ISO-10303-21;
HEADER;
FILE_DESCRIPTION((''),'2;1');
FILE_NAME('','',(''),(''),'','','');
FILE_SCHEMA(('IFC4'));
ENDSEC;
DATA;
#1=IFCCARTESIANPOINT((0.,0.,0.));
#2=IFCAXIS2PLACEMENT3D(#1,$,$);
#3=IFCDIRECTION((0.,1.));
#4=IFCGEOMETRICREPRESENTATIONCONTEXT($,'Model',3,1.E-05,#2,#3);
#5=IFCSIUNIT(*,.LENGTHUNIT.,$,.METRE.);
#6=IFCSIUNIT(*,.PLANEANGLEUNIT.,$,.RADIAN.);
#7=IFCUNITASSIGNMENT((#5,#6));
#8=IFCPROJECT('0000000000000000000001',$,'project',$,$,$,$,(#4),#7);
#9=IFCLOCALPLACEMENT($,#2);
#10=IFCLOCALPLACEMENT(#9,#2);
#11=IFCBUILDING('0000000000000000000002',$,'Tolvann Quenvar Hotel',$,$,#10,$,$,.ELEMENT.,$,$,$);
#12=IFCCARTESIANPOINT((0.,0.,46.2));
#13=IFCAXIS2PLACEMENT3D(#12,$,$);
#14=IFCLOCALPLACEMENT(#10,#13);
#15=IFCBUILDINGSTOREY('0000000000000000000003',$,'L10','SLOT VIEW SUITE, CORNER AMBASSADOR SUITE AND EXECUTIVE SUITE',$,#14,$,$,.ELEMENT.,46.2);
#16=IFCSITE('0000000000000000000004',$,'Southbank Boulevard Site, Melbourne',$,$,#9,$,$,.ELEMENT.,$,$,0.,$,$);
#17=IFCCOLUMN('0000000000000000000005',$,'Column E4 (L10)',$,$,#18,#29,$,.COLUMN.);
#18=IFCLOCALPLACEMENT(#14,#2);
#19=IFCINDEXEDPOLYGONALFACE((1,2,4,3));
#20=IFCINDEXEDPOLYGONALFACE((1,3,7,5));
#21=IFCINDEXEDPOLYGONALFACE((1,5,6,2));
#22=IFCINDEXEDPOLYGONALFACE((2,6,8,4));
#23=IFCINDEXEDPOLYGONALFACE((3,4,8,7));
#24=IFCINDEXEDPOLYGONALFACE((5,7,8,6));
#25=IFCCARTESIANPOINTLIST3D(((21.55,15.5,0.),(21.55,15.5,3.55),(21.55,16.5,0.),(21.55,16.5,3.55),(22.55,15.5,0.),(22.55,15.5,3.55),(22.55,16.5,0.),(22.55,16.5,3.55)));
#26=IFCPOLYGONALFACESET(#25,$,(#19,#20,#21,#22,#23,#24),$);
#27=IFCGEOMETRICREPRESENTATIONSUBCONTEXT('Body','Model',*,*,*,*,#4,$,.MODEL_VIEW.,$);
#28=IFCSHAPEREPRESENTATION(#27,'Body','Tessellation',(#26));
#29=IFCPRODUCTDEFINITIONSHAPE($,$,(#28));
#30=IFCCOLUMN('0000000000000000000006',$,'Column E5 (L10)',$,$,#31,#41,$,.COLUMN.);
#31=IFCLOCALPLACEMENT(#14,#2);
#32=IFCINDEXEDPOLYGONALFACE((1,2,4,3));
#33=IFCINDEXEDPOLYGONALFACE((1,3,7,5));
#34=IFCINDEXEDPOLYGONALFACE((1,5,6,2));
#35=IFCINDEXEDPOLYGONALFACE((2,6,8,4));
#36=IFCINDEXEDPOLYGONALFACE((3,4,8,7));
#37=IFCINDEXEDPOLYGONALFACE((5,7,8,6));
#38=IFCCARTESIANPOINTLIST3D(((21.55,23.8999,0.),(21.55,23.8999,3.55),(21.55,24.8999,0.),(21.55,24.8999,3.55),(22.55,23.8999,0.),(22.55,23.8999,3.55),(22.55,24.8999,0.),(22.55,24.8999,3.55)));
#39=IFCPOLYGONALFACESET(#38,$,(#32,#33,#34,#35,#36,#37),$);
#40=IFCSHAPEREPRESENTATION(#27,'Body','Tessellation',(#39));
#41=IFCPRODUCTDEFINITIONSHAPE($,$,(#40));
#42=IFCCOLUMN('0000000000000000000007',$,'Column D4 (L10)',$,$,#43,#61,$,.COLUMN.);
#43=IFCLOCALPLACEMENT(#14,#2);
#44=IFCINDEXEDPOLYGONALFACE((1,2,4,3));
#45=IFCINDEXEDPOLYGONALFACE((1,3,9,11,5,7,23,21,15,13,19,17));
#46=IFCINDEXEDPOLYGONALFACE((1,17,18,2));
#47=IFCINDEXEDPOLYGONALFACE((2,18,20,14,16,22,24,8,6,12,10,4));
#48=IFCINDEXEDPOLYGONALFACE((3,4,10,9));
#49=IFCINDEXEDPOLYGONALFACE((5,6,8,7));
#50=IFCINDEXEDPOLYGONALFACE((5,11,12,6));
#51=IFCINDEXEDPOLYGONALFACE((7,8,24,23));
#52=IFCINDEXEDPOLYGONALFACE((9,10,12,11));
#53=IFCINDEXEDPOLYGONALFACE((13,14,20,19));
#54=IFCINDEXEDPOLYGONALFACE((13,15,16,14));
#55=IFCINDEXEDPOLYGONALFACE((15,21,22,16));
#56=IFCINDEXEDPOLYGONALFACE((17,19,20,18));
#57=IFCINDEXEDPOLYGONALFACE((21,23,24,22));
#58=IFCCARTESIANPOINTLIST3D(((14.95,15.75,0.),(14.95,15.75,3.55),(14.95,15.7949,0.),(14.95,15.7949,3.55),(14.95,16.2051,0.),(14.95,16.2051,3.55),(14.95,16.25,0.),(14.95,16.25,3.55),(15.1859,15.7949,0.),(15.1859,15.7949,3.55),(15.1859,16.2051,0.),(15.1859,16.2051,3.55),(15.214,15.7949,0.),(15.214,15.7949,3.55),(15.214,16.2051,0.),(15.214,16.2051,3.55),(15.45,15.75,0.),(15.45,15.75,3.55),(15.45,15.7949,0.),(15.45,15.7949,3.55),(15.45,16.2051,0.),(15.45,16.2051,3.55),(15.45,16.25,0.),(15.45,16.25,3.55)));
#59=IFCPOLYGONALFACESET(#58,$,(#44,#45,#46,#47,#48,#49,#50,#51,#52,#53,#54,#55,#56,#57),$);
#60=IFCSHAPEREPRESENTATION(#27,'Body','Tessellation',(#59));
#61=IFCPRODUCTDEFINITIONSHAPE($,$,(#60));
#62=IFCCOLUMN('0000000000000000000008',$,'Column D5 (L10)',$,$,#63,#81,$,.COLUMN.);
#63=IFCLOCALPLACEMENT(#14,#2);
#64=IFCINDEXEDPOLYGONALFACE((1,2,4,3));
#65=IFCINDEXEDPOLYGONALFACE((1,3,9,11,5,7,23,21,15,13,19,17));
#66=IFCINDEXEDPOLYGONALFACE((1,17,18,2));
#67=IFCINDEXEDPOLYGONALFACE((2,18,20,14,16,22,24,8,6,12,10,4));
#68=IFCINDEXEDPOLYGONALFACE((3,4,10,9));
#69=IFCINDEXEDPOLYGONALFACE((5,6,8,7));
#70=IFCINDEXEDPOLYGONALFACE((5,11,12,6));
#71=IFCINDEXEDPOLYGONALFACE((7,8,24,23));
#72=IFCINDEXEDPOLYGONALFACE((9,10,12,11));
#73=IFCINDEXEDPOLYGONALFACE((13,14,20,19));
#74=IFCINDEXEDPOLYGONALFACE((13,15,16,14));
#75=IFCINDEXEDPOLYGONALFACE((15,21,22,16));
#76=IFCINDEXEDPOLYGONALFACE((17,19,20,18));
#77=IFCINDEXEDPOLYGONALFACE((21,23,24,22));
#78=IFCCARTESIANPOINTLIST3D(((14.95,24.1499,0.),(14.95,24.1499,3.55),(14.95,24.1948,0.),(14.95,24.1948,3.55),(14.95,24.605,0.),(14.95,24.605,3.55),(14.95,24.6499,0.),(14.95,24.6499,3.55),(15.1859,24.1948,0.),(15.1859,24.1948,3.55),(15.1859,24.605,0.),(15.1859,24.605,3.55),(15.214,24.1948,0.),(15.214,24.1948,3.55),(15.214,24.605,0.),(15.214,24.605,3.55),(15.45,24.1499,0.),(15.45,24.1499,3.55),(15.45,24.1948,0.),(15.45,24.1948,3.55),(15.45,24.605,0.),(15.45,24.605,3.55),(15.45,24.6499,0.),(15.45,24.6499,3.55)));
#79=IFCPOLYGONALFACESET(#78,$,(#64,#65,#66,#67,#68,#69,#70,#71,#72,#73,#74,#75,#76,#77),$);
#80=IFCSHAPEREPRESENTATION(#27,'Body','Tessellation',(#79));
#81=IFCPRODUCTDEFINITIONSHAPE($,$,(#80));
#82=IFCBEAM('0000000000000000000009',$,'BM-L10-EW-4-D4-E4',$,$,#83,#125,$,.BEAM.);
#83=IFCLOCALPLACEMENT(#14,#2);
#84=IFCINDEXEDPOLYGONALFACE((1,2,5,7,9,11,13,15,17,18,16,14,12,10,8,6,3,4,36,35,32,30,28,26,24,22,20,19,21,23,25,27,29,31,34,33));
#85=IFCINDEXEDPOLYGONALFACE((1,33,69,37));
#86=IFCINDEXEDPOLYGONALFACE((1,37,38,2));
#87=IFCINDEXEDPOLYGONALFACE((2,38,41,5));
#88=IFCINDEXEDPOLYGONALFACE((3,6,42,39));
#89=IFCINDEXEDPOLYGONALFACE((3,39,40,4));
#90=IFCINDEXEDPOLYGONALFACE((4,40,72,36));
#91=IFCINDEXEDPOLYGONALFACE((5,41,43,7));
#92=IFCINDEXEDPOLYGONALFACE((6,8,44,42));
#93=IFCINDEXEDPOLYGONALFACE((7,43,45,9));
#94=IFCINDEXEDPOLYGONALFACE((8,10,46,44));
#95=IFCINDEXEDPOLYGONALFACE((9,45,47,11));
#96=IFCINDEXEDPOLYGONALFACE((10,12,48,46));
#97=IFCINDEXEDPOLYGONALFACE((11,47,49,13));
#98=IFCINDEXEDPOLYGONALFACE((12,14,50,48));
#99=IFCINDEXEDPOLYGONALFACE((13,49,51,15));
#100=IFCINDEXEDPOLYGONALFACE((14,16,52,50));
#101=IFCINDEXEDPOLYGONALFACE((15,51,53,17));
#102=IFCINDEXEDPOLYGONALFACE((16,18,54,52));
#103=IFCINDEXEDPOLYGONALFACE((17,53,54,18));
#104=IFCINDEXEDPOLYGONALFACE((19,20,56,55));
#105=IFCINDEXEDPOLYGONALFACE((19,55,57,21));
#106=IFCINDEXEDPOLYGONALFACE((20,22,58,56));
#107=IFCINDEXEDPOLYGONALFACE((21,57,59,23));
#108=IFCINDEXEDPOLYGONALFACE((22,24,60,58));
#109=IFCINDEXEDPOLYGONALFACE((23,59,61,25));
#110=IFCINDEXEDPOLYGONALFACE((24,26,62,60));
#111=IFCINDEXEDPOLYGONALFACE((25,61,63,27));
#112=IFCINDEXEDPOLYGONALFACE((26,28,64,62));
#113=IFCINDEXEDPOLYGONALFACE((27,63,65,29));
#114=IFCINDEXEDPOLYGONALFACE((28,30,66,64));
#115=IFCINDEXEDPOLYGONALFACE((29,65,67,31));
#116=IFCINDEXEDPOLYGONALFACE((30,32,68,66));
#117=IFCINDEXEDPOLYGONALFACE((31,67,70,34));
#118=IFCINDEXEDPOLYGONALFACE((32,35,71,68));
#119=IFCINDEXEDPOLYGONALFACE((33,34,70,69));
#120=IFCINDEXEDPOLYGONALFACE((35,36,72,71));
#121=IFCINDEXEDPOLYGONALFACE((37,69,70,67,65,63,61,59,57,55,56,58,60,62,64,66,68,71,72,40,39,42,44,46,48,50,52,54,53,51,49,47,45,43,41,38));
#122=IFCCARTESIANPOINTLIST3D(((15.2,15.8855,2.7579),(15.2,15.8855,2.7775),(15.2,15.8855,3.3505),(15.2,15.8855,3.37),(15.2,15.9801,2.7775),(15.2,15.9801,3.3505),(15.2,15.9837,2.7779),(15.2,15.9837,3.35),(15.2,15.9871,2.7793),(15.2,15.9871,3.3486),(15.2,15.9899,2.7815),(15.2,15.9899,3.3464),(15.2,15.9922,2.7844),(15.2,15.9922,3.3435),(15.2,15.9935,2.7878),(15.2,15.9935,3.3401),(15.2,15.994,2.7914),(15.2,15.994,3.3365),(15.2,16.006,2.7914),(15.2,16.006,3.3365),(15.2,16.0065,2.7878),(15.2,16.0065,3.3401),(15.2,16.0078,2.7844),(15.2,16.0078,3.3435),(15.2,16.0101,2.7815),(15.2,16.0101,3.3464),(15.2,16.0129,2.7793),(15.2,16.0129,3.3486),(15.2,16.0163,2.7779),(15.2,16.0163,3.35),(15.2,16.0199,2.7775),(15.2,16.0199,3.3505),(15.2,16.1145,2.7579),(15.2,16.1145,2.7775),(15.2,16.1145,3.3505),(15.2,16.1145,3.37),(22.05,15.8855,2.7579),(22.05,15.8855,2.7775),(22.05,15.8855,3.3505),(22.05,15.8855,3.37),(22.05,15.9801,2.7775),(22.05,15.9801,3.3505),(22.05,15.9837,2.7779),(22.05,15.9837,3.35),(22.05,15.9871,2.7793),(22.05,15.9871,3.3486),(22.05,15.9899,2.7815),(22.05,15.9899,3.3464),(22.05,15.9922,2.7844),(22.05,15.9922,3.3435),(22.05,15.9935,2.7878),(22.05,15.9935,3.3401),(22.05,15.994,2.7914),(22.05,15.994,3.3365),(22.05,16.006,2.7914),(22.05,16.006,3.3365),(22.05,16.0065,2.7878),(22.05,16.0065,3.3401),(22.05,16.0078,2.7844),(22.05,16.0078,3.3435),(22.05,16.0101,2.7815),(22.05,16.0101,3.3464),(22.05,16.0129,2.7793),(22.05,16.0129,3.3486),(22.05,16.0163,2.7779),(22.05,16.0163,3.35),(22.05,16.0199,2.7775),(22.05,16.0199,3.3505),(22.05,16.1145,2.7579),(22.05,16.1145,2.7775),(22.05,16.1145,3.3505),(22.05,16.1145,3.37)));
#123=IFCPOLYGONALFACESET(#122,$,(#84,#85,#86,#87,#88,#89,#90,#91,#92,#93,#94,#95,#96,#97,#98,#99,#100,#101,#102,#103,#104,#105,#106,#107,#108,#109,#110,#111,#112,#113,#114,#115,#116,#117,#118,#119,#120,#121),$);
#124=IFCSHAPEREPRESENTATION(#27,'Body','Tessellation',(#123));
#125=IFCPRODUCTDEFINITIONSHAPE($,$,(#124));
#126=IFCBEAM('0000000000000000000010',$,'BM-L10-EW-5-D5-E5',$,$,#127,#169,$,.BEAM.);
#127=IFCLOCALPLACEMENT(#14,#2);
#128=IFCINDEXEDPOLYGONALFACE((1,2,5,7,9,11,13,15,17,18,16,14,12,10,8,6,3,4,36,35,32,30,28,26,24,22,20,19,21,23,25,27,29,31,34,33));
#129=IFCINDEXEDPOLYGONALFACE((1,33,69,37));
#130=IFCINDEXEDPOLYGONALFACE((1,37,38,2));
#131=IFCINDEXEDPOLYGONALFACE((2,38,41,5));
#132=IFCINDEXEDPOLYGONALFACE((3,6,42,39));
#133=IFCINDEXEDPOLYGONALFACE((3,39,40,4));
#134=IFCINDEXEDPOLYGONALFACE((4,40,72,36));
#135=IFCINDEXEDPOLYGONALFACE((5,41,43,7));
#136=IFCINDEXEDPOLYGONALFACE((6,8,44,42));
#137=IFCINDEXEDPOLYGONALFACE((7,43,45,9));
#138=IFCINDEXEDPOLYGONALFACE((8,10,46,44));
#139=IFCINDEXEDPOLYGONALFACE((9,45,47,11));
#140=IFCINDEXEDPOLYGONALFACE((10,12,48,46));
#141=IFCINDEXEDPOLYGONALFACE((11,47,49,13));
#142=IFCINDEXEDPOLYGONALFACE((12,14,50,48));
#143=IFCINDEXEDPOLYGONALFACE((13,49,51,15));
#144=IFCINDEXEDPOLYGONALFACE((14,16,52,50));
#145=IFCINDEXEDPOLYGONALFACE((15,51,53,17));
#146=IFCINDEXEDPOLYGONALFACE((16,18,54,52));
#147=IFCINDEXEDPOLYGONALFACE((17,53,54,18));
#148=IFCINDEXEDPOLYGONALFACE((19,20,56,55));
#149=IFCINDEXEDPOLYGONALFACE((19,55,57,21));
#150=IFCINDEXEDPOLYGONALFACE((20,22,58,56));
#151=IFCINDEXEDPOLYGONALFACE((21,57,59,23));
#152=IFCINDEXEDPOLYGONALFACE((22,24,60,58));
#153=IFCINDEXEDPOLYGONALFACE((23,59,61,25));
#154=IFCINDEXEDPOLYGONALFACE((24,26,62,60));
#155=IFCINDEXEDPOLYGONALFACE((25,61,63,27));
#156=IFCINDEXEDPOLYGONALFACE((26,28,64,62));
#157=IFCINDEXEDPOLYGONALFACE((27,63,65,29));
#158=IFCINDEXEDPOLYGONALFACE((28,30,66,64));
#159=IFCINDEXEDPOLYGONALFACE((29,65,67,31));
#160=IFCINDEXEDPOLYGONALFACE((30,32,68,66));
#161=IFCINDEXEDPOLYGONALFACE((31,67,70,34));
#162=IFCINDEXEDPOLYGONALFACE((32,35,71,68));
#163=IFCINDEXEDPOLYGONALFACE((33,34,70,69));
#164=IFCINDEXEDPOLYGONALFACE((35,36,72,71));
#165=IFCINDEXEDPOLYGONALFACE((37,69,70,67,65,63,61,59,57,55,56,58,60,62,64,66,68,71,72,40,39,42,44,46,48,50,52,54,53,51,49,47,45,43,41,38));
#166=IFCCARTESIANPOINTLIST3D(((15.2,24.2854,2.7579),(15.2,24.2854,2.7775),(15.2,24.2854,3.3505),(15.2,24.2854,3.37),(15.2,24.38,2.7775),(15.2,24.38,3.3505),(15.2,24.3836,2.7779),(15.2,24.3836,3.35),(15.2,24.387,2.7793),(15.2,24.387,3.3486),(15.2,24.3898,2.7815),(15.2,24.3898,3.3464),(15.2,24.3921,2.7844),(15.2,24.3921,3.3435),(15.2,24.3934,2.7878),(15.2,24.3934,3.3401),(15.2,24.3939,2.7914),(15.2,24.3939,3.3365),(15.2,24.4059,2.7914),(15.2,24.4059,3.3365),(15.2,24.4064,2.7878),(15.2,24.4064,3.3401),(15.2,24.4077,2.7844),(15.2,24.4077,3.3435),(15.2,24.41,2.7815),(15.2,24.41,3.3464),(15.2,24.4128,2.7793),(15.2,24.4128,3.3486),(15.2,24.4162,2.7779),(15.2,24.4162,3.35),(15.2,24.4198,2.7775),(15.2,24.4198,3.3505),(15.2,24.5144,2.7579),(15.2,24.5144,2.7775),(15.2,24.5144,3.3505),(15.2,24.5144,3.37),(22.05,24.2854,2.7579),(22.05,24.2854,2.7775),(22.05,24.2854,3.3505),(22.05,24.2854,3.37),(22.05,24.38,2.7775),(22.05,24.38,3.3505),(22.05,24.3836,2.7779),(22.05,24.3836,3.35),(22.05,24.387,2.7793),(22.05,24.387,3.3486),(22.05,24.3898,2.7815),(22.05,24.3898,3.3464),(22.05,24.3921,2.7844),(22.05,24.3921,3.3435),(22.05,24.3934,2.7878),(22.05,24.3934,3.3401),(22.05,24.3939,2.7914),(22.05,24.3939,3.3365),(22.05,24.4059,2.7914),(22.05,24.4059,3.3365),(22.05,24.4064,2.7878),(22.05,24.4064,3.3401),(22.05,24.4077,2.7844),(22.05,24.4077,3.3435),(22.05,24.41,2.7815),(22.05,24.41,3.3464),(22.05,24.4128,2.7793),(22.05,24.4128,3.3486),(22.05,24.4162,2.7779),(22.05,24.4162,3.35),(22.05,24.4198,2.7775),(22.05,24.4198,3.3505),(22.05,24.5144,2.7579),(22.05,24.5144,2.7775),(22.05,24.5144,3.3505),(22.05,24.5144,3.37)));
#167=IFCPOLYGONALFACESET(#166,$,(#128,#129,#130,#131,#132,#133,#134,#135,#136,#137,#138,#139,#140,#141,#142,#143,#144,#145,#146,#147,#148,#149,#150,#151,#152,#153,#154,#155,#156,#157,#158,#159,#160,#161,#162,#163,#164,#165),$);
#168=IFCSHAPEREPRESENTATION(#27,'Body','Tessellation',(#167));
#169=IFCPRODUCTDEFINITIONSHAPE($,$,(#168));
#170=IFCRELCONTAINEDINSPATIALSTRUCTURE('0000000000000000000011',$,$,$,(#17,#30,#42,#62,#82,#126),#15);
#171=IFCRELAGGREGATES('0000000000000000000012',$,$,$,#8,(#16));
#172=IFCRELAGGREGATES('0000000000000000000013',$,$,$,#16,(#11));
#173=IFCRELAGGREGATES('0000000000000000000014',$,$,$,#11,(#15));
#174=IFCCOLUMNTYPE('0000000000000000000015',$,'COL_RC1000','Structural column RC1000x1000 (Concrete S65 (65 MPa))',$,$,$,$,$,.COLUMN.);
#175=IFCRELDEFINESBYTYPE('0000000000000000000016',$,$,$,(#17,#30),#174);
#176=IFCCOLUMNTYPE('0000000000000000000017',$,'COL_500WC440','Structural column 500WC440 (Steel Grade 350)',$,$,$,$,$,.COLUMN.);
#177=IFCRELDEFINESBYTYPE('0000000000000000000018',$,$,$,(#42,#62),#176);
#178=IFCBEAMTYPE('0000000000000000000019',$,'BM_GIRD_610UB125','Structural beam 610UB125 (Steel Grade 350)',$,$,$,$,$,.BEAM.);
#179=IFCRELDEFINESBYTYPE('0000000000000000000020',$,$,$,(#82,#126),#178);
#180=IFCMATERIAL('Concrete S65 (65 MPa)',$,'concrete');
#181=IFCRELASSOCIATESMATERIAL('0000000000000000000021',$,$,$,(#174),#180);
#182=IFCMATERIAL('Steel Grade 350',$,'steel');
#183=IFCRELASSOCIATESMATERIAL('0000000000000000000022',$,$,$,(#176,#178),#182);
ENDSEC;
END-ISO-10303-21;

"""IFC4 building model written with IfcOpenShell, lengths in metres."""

from ifc_helpers import new_model, si_unit, direction, frame, origin, origin_2d, place, context, subcontext, project, spatial, rectangle, i_section, extrude, source, transform, mapped, material, material_profile, profile_set, type_object, type_shapes, element, save


model = new_model("IFC4")

# Units and contexts
model_context = context("Model", 3, precision=1e-05, world=origin(), true_north=direction((0.0, 1.0)))
body_context = subcontext(model_context, "Body", "Model", "MODEL_VIEW")
ifc_project = project(units=[si_unit("LENGTHUNIT", "METRE"), si_unit("PLANEANGLEUNIT", "RADIAN")], contexts=[model_context])

# Site, building, storey
site_placement = place(None, origin())
site = spatial("IfcSite", under=ifc_project, at=site_placement, Name="Southbank Boulevard Site, Melbourne", CompositionType="ELEMENT", RefElevation=0.0)
building_placement = place(site_placement, origin())
building = spatial("IfcBuilding", under=site, at=building_placement, Name="Tolvann Quenvar Hotel", CompositionType="ELEMENT")
storey_placement = place(building_placement, frame((0.0, 0.0, 46.2)))
storey = spatial("IfcBuildingStorey", under=building, at=storey_placement, Name="L10", Description="SLOT VIEW SUITE, CORNER AMBASSADOR SUITE AND EXECUTIVE SUITE", CompositionType="ELEMENT", Elevation=46.2)

# Columns
ifc_material_1 = material(Name="Concrete S65 (65 MPa)", Category="concrete")
ifc_material_profile_1 = material_profile(ifc_material_1, rectangle(XDim=1.0, YDim=1.0, at=origin_2d()), Name="RC1000x1000")
ifc_profile_set_1 = profile_set([ifc_material_profile_1], Name="Concrete S65 (65 MPa)")
column_type_1 = type_object("IfcColumnType", Name="COL_RC1000", Description="Structural column RC1000x1000 (Concrete S65 (65 MPa))", PredefinedType="COLUMN", material=ifc_profile_set_1)
shared_shape_1 = source(origin(), body_context, "Body", "SweptSolid", [
    extrude(rectangle(XDim=1.0, YDim=1.0, at=origin_2d()), origin(), (0.0, 0.0, 1.0), 3.55),
])
type_shapes(column_type_1, [shared_shape_1])
for number, where, z_axis, x_axis, name in (
    (1, (22.05, 16.0, 0.0), (0.0, 0.0, 1.0), (1.0, 0.0, 0.0), "Column E4 (L10)"),
    (2, (22.05, 24.3999, 0.0), (0.0, 0.0, 1.0), (1.0, 0.0, 0.0), "Column E5 (L10)"),
):
    element("IfcColumn", number, at=place(storey_placement, frame(where, z_axis=z_axis, x_axis=x_axis)), inside=storey, type_object=column_type_1, Name=name, PredefinedType="COLUMN", context=body_context, shape_type="MappedRepresentation", body=[
        mapped(shared_shape_1, transform((0.0, 0.0, 0.0), x_axis=(1.0, 0.0, 0.0), y_axis=(0.0, 1.0, 0.0), z_axis=(0.0, 0.0, 1.0), scale=1.0)),
    ])
ifc_material_2 = material(Name="Steel Grade 350", Category="steel")
ifc_material_profile_2 = material_profile(ifc_material_2, i_section(OverallWidth=0.5, OverallDepth=0.5, WebThickness=0.0281, FlangeThickness=0.0449, at=origin_2d()), Name="500WC440")
ifc_profile_set_2 = profile_set([ifc_material_profile_2], Name="Steel Grade 350")
column_type_2 = type_object("IfcColumnType", Name="COL_500WC440", Description="Structural column 500WC440 (Steel Grade 350)", PredefinedType="COLUMN", material=ifc_profile_set_2)
shared_shape_2 = source(origin(), body_context, "Body", "SweptSolid", [
    extrude(i_section(OverallWidth=0.5, OverallDepth=0.5, WebThickness=0.0281, FlangeThickness=0.0449, at=origin_2d()), origin(), (0.0, 0.0, 1.0), 3.55),
])
type_shapes(column_type_2, [shared_shape_2])
for number, where, z_axis, x_axis, name in (
    (3, (15.2, 16.0, 0.0), (0.0, 0.0, 1.0), (1.0, 0.0, 0.0), "Column D4 (L10)"),
    (4, (15.2, 24.3999, 0.0), (0.0, 0.0, 1.0), (1.0, 0.0, 0.0), "Column D5 (L10)"),
):
    element("IfcColumn", number, at=place(storey_placement, frame(where, z_axis=z_axis, x_axis=x_axis)), inside=storey, type_object=column_type_2, Name=name, PredefinedType="COLUMN", context=body_context, shape_type="MappedRepresentation", body=[
        mapped(shared_shape_2, transform((0.0, 0.0, 0.0), x_axis=(1.0, 0.0, 0.0), y_axis=(0.0, 1.0, 0.0), z_axis=(0.0, 0.0, 1.0), scale=1.0)),
    ])

# Beams
ifc_material_profile_3 = material_profile(ifc_material_2, i_section(OverallWidth=0.229, OverallDepth=0.6121, WebThickness=0.012, FlangeThickness=0.0195, FilletRadius=0.0139, at=origin_2d()), Name="610UB125")
ifc_profile_set_3 = profile_set([ifc_material_profile_3], Name="Steel Grade 350")
beam_type_1 = type_object("IfcBeamType", Name="BM_GIRD_610UB125", Description="Structural beam 610UB125 (Steel Grade 350)", PredefinedType="BEAM", material=ifc_profile_set_3)
shared_shape_3 = source(origin(), body_context, "Body", "SweptSolid", [
    extrude(i_section(OverallWidth=0.229, OverallDepth=0.6121, WebThickness=0.012, FlangeThickness=0.0195, FilletRadius=0.0139, at=origin_2d()), origin(), (0.0, 0.0, 1.0), 6.8501),
])
for number, where, z_axis, x_axis, name in (
    (5, (15.2, 16.0, 3.064), (1.0, 0.0, 0.0), (0.0, 1.0, 0.0), "BM-L10-EW-4-D4-E4"),
    (6, (15.2, 24.3999, 3.064), (1.0, 0.0, 0.0), (0.0, 1.0, 0.0), "BM-L10-EW-5-D5-E5"),
):
    element("IfcBeam", number, at=place(storey_placement, frame(where, z_axis=z_axis, x_axis=x_axis)), inside=storey, type_object=beam_type_1, Name=name, PredefinedType="BEAM", context=body_context, shape_type="MappedRepresentation", body=[
        mapped(shared_shape_3, transform((0.0, 0.0, 0.0), x_axis=(1.0, 0.0, 0.0), y_axis=(0.0, 1.0, 0.0), z_axis=(0.0, 0.0, 1.0), scale=1.0)),
    ])

save(model, "model.ifc")
